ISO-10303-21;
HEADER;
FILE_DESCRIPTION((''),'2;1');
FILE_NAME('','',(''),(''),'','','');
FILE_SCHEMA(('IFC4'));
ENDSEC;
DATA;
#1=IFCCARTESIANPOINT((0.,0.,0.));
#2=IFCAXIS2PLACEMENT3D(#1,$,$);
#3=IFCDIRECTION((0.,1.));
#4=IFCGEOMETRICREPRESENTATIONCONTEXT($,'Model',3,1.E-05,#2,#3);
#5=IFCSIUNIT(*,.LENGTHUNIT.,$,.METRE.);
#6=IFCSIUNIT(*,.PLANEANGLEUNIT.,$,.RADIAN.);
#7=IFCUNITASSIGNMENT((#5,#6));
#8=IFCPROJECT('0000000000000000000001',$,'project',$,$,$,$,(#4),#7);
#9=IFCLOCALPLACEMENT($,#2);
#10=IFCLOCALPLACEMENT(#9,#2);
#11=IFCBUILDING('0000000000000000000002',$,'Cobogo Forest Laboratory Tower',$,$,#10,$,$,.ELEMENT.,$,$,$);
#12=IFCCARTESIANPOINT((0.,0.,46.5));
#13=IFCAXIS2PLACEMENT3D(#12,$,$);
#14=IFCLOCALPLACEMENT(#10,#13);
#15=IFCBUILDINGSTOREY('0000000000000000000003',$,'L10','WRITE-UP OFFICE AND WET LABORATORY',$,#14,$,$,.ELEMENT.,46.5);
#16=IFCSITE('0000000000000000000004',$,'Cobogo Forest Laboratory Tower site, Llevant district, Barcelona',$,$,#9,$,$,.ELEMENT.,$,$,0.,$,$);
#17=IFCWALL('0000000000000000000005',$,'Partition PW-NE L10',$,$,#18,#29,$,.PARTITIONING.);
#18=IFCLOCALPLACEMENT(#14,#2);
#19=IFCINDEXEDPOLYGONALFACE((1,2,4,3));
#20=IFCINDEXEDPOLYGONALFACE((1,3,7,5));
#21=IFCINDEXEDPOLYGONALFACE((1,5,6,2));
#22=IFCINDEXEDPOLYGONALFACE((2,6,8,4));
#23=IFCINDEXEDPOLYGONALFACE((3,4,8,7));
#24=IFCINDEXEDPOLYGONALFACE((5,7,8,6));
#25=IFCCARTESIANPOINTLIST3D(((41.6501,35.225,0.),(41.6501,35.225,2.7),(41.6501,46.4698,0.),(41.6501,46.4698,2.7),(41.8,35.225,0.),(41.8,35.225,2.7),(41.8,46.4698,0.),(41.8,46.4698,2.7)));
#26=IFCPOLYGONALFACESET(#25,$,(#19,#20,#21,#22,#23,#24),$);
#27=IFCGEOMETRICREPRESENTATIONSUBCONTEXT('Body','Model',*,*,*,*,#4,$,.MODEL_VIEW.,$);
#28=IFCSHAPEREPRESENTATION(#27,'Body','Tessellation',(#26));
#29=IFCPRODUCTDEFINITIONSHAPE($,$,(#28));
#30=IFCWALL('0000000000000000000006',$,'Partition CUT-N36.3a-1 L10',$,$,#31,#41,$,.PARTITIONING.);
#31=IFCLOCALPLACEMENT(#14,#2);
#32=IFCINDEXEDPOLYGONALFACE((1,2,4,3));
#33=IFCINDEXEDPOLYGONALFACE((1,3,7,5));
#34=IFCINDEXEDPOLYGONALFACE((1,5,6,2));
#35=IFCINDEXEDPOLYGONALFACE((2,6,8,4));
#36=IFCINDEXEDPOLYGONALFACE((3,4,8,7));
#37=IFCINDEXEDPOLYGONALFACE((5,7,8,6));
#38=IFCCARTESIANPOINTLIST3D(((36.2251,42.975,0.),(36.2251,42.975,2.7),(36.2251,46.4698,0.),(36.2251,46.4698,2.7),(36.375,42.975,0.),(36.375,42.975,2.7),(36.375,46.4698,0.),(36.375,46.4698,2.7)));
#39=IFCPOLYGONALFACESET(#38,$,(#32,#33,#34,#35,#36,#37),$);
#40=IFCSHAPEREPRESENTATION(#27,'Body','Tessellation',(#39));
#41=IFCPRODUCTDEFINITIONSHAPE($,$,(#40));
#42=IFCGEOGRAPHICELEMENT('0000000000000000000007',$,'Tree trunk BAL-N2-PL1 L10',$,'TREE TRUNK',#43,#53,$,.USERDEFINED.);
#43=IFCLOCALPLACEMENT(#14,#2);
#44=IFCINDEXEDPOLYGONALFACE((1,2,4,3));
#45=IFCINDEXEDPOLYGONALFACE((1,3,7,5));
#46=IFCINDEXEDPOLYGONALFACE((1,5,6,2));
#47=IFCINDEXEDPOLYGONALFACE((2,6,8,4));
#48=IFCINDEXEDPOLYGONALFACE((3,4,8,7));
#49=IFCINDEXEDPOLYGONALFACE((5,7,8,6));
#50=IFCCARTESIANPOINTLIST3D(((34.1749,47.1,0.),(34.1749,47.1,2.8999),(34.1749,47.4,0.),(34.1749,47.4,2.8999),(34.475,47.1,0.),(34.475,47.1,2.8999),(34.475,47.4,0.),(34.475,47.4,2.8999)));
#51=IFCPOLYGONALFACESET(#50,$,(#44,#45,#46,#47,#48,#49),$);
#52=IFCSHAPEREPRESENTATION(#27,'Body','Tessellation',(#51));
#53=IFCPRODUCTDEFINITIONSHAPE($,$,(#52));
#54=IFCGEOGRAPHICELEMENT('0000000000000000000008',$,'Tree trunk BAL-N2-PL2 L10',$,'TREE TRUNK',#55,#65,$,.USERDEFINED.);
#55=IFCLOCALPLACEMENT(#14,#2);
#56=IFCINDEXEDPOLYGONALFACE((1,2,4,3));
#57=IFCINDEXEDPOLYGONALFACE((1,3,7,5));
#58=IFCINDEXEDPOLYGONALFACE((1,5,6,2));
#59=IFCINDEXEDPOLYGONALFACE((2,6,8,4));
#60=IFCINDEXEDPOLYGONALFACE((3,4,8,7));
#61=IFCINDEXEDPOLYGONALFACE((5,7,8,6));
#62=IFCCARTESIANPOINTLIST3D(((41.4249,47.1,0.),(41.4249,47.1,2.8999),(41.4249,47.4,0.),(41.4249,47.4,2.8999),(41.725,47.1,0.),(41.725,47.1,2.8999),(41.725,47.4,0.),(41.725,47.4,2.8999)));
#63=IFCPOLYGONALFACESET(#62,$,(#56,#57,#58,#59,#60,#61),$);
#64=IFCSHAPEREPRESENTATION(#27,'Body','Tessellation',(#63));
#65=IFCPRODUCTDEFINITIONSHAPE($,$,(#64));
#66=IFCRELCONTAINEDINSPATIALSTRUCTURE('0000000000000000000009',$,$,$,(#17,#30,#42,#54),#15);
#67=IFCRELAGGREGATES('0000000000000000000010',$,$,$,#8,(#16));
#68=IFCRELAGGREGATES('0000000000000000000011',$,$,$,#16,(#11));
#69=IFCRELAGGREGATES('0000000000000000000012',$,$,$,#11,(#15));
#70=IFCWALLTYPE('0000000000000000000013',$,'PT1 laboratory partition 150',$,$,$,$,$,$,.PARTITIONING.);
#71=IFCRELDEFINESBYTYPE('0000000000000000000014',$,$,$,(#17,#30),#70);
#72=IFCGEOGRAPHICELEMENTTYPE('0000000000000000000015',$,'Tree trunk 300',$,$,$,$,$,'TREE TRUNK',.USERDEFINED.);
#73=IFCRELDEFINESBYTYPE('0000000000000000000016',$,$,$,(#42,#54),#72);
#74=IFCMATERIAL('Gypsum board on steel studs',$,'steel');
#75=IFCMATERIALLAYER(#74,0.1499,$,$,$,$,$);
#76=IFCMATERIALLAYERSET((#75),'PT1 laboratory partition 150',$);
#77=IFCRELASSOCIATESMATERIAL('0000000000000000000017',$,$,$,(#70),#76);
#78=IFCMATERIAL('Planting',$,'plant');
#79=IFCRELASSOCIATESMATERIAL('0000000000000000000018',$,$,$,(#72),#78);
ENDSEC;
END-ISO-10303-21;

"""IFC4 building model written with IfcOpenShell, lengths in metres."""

from ifc_helpers import new_model, si_unit, direction, frame, frame_2d, origin, origin_2d, place, context, subcontext, project, spatial, rectangle, extrude, material, layer, layer_set, type_object, element, save


model = new_model("IFC4")

# Units and contexts
model_context = context("Model", 3, precision=1e-05, world=origin(), true_north=direction((0.0, 1.0)))
body_context = subcontext(model_context, "Body", "Model", "MODEL_VIEW")
ifc_project = project(units=[si_unit("LENGTHUNIT", "METRE"), si_unit("PLANEANGLEUNIT", "RADIAN")], contexts=[model_context])

# Site, building, storey
site_placement = place(None, origin())
site = spatial("IfcSite", under=ifc_project, at=site_placement, Name="Cobogo Forest Laboratory Tower site, Llevant district, Barcelona", CompositionType="ELEMENT", RefElevation=0.0)
building_placement = place(site_placement, origin())
building = spatial("IfcBuilding", under=site, at=building_placement, Name="Cobogo Forest Laboratory Tower", CompositionType="ELEMENT")
storey_placement = place(building_placement, frame((0.0, 0.0, 46.5)))
storey = spatial("IfcBuildingStorey", under=building, at=storey_placement, Name="L10", Description="WRITE-UP OFFICE AND WET LABORATORY", CompositionType="ELEMENT", Elevation=46.5)

# Walls
ifc_material_1 = material(Name="Gypsum board on steel studs", Category="steel")
ifc_layer_1 = layer(ifc_material_1, 0.1499)
ifc_layer_set_1 = layer_set([ifc_layer_1], Name="PT1 laboratory partition 150")
wall_type_1 = type_object("IfcWallType", Name="PT1 laboratory partition 150", PredefinedType="PARTITIONING", material=ifc_layer_set_1)
wall_1_placement = place(storey_placement, frame((41.7251, 46.47, 0.0), z_axis=(0.0, 0.0, 1.0), x_axis=(0.0, -1.0, 0.0)))
element("IfcWall", 1, at=wall_1_placement, inside=storey, type_object=wall_type_1, Name="Partition PW-NE L10", PredefinedType="PARTITIONING", context=body_context, shape_type="SweptSolid", body=[
    extrude(rectangle(XDim=11.2449, YDim=0.1499, at=frame_2d((5.6226, 0.0))), origin(), (0.0, 0.0, 1.0), 2.7),
])
wall_2_placement = place(storey_placement, frame((36.3, 46.47, 0.0), z_axis=(0.0, 0.0, 1.0), x_axis=(0.0, -1.0, 0.0)))
element("IfcWall", 2, at=wall_2_placement, inside=storey, type_object=wall_type_1, Name="Partition CUT-N36.3a-1 L10", PredefinedType="PARTITIONING", context=body_context, shape_type="SweptSolid", body=[
    extrude(rectangle(XDim=3.4949, YDim=0.1499, at=frame_2d((1.7476, 0.0))), origin(), (0.0, 0.0, 1.0), 2.7),
])

# Geographic elements
ifc_material_2 = material(Name="Planting", Category="plant")
geographic_element_type = type_object("IfcGeographicElementType", Name="Tree trunk 300", ElementType="TREE TRUNK", PredefinedType="USERDEFINED", material=ifc_material_2)
for number, where, z_axis, x_axis, name in (
    (3, (34.325, 47.25, 0.0), (0.0, 0.0, 1.0), (1.0, 0.0, 0.0), "Tree trunk BAL-N2-PL1 L10"),
    (4, (41.575, 47.25, 0.0), (0.0, 0.0, 1.0), (1.0, 0.0, 0.0), "Tree trunk BAL-N2-PL2 L10"),
):
    element("IfcGeographicElement", number, at=place(storey_placement, frame(where, z_axis=z_axis, x_axis=x_axis)), inside=storey, type_object=geographic_element_type, Name=name, ObjectType="TREE TRUNK", PredefinedType="USERDEFINED", context=body_context, shape_type="SweptSolid", body=[
        extrude(rectangle(XDim=0.3, YDim=0.3, at=origin_2d()), origin(), (0.0, 0.0, 1.0), 2.8999),
    ])

save(model, "model.ifc")
